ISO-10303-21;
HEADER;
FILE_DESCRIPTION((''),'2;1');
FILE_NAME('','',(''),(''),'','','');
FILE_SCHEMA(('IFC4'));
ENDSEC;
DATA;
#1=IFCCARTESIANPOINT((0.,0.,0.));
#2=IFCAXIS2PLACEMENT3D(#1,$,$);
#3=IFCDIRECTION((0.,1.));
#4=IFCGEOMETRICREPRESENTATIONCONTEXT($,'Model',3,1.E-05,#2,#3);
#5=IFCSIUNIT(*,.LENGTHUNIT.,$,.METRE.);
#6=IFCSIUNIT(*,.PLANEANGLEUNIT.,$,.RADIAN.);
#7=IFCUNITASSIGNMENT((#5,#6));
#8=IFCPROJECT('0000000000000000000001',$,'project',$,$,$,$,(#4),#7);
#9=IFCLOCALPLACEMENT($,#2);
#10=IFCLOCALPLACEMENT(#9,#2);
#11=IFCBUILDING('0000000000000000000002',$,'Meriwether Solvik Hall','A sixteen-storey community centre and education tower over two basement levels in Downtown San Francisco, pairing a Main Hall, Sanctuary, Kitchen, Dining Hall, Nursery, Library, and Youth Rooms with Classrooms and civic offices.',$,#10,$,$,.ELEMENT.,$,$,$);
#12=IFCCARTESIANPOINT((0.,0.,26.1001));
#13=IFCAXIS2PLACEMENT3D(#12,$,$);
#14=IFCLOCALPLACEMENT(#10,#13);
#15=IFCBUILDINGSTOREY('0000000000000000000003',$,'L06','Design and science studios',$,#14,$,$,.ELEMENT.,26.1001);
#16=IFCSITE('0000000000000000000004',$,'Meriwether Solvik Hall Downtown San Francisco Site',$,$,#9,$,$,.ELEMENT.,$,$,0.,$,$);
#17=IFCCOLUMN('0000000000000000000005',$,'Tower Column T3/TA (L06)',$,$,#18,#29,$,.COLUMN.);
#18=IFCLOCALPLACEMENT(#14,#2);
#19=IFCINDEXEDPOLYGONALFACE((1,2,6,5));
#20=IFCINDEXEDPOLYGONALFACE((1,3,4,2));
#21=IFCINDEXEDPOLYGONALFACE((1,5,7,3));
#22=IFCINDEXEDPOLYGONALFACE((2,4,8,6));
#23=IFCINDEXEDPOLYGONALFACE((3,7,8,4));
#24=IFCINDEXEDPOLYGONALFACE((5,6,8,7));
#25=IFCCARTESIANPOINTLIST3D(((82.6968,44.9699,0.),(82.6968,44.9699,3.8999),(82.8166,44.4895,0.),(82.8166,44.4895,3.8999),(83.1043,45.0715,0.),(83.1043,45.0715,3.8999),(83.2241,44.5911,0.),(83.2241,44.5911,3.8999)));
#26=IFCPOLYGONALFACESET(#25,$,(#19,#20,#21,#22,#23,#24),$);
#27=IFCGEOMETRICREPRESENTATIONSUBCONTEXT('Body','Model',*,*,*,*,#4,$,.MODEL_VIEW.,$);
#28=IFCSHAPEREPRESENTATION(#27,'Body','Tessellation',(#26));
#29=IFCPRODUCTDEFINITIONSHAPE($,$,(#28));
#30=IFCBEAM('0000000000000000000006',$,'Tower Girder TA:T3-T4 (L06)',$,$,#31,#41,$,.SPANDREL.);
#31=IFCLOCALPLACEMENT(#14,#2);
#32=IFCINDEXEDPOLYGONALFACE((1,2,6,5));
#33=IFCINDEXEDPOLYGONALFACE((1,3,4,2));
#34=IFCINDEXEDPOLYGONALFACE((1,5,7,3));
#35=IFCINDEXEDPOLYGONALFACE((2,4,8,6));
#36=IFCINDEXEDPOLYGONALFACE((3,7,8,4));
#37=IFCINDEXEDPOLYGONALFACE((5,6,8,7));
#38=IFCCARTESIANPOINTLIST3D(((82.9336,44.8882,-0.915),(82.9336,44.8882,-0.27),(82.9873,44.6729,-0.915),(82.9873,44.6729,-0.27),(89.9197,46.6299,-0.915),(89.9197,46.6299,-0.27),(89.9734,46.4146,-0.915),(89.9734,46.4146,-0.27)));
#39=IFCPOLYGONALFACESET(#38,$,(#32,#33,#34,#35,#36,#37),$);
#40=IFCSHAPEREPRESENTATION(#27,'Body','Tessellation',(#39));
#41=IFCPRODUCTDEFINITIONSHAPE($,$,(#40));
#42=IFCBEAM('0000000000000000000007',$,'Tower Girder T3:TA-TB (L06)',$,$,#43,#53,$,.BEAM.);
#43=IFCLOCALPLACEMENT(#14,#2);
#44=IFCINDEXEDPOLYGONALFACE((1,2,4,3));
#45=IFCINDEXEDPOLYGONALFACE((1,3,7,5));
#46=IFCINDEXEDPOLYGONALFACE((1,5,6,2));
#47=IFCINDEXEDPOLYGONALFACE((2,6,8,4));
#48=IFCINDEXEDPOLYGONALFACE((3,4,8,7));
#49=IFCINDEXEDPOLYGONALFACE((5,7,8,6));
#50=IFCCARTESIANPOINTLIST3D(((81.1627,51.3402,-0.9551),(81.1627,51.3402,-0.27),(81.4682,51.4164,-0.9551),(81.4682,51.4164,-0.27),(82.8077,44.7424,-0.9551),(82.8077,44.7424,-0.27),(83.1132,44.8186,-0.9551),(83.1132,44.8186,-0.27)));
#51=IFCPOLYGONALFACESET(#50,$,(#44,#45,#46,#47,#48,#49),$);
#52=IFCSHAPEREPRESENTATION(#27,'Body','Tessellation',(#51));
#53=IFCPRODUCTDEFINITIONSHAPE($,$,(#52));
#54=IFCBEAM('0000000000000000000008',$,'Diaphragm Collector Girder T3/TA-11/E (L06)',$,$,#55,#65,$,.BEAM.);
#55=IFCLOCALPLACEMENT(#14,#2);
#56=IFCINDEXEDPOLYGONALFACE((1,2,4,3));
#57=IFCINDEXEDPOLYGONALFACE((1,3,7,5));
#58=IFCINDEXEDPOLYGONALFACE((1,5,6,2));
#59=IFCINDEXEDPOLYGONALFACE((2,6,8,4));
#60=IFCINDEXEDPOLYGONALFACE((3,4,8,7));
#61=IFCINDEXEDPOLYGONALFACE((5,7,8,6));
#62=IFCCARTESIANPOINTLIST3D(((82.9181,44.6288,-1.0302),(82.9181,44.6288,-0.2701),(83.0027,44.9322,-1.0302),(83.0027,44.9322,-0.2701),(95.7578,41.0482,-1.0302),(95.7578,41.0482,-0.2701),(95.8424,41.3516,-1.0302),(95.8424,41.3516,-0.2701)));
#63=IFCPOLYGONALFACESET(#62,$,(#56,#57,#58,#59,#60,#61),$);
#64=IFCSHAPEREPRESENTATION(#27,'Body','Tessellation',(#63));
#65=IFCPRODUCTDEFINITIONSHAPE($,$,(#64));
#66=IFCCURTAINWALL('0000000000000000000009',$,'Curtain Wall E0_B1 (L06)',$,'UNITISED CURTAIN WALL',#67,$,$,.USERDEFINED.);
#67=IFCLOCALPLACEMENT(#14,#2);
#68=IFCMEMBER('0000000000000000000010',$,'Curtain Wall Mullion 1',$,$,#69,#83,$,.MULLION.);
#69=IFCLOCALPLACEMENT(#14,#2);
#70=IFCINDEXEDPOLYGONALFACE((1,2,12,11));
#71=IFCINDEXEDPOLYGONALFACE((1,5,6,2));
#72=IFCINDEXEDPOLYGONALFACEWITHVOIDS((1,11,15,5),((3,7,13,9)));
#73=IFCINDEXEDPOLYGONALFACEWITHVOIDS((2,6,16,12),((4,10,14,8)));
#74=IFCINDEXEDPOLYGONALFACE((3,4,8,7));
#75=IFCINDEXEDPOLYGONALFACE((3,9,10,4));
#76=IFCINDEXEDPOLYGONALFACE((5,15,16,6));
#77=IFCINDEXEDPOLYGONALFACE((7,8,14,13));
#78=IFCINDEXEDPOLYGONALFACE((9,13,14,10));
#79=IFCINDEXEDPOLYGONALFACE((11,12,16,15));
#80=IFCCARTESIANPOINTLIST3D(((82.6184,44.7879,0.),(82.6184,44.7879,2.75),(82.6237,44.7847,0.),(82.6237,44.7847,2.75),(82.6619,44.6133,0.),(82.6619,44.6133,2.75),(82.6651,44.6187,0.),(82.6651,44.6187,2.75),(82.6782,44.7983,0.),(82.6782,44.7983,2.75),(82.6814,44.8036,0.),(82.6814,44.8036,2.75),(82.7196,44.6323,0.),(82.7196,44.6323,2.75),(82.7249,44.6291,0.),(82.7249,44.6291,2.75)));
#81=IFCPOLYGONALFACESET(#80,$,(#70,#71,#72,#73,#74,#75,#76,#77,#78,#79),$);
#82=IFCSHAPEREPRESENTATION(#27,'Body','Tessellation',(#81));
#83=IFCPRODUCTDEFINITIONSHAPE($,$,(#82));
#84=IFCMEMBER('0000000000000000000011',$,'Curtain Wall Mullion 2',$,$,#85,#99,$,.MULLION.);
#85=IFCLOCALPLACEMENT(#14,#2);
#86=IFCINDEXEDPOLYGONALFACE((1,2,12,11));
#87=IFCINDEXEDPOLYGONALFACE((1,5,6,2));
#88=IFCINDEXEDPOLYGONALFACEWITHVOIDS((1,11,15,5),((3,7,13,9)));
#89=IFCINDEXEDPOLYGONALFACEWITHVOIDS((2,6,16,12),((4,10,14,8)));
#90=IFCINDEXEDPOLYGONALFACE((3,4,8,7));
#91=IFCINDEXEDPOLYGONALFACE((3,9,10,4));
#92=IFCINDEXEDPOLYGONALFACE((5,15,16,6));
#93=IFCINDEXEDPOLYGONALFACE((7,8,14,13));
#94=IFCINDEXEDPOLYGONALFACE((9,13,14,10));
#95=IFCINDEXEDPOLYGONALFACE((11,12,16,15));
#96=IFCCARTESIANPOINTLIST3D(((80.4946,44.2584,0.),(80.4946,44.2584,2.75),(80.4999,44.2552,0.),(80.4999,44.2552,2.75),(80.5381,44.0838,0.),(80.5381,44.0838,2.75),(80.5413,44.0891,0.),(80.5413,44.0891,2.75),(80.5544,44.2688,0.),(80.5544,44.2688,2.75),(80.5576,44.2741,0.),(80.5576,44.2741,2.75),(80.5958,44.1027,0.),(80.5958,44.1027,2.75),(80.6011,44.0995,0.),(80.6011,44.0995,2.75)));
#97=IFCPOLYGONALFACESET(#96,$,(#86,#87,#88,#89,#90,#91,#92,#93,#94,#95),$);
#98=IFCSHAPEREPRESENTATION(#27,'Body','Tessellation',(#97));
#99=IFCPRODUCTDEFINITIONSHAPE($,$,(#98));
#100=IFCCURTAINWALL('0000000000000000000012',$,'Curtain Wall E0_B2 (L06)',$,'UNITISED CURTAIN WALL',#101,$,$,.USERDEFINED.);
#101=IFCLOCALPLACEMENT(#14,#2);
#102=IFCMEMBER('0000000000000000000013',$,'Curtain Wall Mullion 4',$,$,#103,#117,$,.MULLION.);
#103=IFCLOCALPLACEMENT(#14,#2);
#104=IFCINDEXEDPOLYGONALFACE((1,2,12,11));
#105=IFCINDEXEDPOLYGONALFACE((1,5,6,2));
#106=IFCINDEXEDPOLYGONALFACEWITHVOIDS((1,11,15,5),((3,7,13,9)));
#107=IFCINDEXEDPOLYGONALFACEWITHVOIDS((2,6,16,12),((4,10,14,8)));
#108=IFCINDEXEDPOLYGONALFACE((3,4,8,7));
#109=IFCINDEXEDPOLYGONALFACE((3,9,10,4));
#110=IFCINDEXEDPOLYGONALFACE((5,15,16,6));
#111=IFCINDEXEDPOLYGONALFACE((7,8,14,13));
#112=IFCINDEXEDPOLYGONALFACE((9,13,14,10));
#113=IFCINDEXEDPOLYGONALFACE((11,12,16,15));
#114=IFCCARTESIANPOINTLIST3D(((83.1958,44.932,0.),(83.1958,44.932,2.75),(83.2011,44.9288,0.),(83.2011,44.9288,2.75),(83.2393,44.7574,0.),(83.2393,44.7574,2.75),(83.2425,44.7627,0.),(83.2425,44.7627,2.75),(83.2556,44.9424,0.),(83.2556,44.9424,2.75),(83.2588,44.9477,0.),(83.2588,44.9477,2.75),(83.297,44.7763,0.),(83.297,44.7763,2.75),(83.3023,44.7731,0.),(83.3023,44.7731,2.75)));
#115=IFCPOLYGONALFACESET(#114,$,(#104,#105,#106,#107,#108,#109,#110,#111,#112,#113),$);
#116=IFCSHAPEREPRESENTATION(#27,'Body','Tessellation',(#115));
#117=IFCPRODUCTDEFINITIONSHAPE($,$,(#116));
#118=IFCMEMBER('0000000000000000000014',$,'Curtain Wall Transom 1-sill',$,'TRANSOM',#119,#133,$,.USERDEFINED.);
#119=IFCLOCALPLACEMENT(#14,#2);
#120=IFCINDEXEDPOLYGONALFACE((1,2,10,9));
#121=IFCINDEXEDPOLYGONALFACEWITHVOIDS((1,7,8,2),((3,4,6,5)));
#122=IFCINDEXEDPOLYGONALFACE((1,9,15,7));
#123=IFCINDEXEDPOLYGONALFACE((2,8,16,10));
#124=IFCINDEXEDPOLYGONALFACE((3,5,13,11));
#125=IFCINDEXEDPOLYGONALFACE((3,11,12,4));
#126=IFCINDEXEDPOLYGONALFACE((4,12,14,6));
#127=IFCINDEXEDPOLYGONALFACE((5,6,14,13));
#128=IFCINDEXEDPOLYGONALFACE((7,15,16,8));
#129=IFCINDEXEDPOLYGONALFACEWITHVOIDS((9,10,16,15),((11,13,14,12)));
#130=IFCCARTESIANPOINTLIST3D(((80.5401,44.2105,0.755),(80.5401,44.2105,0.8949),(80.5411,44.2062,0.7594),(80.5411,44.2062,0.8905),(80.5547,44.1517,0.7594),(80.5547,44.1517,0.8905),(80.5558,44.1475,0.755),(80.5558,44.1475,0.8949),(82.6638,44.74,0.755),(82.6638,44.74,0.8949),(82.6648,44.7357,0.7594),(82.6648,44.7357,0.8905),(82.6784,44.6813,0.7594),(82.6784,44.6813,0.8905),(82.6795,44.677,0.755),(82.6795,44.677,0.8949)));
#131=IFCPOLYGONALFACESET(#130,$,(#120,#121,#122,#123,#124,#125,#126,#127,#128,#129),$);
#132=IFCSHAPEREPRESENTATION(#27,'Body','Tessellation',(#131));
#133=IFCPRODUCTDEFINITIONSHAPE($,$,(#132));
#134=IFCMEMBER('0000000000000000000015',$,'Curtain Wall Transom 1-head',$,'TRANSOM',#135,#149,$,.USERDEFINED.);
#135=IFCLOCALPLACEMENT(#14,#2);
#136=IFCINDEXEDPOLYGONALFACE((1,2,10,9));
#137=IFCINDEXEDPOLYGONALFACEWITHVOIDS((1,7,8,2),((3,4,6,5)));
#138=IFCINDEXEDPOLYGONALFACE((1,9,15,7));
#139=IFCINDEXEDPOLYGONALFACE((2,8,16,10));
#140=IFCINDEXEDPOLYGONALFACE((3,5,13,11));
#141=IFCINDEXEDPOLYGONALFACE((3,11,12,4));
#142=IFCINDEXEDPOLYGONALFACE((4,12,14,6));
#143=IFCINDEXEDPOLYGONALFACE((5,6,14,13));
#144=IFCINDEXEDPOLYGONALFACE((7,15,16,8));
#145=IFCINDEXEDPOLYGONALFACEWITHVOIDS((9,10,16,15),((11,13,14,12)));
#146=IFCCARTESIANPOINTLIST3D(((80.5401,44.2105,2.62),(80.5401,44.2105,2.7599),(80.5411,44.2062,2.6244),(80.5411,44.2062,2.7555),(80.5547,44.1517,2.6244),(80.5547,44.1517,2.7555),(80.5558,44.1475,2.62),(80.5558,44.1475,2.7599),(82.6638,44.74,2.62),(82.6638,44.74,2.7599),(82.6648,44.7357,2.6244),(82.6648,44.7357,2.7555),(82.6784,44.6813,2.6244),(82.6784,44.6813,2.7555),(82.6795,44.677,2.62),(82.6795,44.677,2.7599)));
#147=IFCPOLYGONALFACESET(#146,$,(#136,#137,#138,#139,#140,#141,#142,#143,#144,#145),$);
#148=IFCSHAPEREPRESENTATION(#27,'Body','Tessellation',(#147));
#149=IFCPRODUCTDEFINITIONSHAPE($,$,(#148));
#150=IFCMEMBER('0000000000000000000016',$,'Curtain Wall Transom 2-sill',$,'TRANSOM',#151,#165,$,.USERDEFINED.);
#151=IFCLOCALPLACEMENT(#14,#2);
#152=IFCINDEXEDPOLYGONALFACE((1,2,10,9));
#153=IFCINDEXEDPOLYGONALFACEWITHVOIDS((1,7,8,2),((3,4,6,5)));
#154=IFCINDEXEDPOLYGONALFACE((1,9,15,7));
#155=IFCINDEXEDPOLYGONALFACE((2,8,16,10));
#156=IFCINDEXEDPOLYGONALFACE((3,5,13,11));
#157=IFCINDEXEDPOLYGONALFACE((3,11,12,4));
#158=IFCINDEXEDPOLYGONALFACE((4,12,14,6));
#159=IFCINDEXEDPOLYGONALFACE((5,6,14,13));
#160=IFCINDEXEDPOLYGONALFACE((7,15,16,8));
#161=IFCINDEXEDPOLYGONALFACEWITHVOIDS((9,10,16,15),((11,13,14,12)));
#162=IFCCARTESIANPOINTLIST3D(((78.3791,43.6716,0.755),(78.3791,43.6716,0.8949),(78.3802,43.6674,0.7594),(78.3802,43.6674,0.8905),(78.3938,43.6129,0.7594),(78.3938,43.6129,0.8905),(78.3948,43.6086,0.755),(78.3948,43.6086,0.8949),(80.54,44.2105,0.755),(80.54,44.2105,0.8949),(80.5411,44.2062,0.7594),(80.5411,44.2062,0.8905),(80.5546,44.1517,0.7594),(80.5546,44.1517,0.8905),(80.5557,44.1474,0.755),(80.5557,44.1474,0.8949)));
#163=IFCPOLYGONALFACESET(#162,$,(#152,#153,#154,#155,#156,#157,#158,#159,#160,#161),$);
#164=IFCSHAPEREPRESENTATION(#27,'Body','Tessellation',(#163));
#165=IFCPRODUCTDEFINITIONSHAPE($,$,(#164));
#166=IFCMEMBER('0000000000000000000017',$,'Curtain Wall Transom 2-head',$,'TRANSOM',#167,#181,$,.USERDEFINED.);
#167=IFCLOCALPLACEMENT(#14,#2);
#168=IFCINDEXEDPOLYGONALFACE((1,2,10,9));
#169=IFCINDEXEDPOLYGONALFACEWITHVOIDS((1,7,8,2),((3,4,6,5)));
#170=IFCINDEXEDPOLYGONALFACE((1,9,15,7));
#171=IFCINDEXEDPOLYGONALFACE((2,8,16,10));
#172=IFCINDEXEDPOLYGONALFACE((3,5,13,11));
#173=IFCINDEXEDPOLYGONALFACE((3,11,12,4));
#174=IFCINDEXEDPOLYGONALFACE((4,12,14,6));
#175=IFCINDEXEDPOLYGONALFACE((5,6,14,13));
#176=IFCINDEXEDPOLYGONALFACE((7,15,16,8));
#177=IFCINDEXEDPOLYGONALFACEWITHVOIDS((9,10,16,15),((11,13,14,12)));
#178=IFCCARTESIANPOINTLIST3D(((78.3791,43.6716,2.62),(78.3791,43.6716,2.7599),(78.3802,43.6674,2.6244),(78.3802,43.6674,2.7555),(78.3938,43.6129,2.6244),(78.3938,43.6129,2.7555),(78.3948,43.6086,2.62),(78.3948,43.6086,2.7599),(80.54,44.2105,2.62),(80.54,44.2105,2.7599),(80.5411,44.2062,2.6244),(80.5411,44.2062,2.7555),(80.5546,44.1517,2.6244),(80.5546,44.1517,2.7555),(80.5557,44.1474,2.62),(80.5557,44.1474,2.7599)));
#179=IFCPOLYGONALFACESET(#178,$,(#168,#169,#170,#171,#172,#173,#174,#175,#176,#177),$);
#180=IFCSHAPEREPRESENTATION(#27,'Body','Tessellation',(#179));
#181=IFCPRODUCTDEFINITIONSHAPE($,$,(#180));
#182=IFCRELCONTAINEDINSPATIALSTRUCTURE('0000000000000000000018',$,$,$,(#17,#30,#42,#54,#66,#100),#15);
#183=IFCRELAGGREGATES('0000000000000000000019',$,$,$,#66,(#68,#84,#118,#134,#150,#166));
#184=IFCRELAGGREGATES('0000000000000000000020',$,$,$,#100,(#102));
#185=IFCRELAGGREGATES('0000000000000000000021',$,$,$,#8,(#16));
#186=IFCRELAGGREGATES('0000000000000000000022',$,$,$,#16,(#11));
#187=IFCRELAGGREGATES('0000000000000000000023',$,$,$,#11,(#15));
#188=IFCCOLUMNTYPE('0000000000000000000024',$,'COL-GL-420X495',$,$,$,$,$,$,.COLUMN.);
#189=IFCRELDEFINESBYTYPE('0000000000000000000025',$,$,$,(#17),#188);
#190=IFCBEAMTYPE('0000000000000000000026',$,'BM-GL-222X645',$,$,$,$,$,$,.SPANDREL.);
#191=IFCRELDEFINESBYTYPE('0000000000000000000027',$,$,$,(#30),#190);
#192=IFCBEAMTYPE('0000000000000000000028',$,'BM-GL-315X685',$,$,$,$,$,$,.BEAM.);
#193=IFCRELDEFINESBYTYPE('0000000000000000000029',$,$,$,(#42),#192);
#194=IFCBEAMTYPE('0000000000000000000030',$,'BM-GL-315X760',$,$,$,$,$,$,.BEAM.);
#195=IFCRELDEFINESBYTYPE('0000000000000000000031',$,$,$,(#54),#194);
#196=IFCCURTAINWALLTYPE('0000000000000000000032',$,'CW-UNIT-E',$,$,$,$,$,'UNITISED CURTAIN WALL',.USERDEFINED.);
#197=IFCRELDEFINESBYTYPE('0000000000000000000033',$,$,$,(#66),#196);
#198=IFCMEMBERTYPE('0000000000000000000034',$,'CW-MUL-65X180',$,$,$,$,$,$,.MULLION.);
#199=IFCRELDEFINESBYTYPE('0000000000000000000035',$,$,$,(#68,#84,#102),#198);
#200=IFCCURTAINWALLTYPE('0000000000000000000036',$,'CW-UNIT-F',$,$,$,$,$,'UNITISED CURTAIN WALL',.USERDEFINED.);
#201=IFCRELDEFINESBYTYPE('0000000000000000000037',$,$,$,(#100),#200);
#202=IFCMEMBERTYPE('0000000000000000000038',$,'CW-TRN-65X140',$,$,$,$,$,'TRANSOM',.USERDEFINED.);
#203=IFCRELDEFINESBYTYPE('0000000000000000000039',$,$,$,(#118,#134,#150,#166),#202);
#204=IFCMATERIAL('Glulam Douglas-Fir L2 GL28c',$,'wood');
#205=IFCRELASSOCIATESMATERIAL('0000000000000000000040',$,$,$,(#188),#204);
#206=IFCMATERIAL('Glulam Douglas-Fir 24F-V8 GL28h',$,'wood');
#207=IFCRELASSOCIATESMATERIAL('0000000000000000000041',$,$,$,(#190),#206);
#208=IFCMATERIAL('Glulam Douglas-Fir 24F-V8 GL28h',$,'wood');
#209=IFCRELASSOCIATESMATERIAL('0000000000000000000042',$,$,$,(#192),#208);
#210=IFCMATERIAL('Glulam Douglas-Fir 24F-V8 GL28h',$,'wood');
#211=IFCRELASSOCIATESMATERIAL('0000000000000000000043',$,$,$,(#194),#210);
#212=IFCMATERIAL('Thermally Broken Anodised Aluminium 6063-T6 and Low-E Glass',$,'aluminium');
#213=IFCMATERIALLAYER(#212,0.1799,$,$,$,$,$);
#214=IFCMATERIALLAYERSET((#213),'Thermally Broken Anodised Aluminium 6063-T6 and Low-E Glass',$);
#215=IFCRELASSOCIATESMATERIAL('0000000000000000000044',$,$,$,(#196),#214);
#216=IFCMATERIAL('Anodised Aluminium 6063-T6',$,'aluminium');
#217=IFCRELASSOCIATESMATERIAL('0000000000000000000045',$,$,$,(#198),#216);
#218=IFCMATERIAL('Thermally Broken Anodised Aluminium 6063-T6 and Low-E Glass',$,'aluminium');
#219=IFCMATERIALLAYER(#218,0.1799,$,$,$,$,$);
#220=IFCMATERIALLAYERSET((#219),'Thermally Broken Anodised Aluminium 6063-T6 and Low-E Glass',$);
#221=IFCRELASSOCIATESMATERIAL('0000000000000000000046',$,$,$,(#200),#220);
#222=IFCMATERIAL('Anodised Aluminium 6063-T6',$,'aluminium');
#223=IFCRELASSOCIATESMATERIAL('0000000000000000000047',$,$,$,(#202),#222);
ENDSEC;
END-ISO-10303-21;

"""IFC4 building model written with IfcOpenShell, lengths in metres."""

from ifc_helpers import new_model, si_unit, direction, frame, origin, origin_2d, place, context, subcontext, project, spatial, rectangle, hollow_rectangle, extrude, material, layer, layer_set, material_profile, profile_set, type_object, element, aggregate, save


model = new_model("IFC4")

# Units and contexts
model_context = context("Model", 3, precision=1e-05, world=origin(), true_north=direction((0.0, 1.0)))
body_context = subcontext(model_context, "Body", "Model", "MODEL_VIEW")
ifc_project = project(units=[si_unit("LENGTHUNIT", "METRE"), si_unit("PLANEANGLEUNIT", "RADIAN")], contexts=[model_context])

# Site, building, storey
site_placement = place(None, origin())
site = spatial("IfcSite", under=ifc_project, at=site_placement, Name="Meriwether Solvik Hall Downtown San Francisco Site", CompositionType="ELEMENT", RefElevation=0.0)
building_placement = place(site_placement, origin())
building = spatial("IfcBuilding", under=site, at=building_placement, Name="Meriwether Solvik Hall", Description="A sixteen-storey community centre and education tower over two basement levels in Downtown San Francisco, pairing a Main Hall, Sanctuary, Kitchen, Dining Hall, Nursery, Library, and Youth Rooms with Classrooms and civic offices.", CompositionType="ELEMENT")
storey_placement = place(building_placement, frame((0.0, 0.0, 26.1001)))
storey = spatial("IfcBuildingStorey", under=building, at=storey_placement, Name="L06", Description="Design and science studios", CompositionType="ELEMENT", Elevation=26.1001)

# Column
ifc_material_1 = material(Name="Glulam Douglas-Fir L2 GL28c", Category="wood")
ifc_material_profile_1 = material_profile(ifc_material_1, rectangle(XDim=0.4199, YDim=0.4951, at=origin_2d()), Name="GLC-420X495")
ifc_profile_set_1 = profile_set([ifc_material_profile_1], Name="Glulam Douglas-Fir L2 GL28c")
column_type = type_object("IfcColumnType", Name="COL-GL-420X495", PredefinedType="COLUMN", material=ifc_profile_set_1)
column_placement = place(storey_placement, frame((82.9604, 44.7805, 0.0), z_axis=(0.0, 0.0, 1.0), x_axis=(0.970296, 0.241922, 0.0)))
element("IfcColumn", 1, at=column_placement, inside=storey, type_object=column_type, Name="Tower Column T3/TA (L06)", PredefinedType="COLUMN", context=body_context, shape_type="SweptSolid", body=[
    extrude(rectangle(XDim=0.4199, YDim=0.4951, at=origin_2d()), origin(), (0.0, 0.0, 1.0), 3.8999),
])

# Beams
ifc_material_2 = material(Name="Glulam Douglas-Fir 24F-V8 GL28h", Category="wood")
ifc_material_profile_2 = material_profile(ifc_material_2, rectangle(XDim=0.2219, YDim=0.645, at=origin_2d()), Name="GLB-222X645")
ifc_profile_set_2 = profile_set([ifc_material_profile_2], Name="Glulam Douglas-Fir 24F-V8 GL28h")
beam_type_1 = type_object("IfcBeamType", Name="BM-GL-222X645", PredefinedType="SPANDREL", material=ifc_profile_set_2)
beam_1_placement = place(storey_placement, frame((82.9604, 44.7805, -0.5925), z_axis=(0.9703, 0.241905, 0.0), x_axis=(-0.241905, 0.9703, 0.0)))
element("IfcBeam", 2, at=beam_1_placement, inside=storey, type_object=beam_type_1, Name="Tower Girder TA:T3-T4 (L06)", PredefinedType="SPANDREL", context=body_context, shape_type="SweptSolid", body=[
    extrude(rectangle(XDim=0.2219, YDim=0.645, at=origin_2d()), origin(), (0.0, 0.0, 1.0), 7.2),
])
ifc_material_3 = material(Name="Glulam Douglas-Fir 24F-V8 GL28h", Category="wood")
ifc_material_profile_3 = material_profile(ifc_material_3, rectangle(XDim=0.3149, YDim=0.6851, at=origin_2d()), Name="GLB-315X685")
ifc_profile_set_3 = profile_set([ifc_material_profile_3], Name="Glulam Douglas-Fir 24F-V8 GL28h")
beam_type_2 = type_object("IfcBeamType", Name="BM-GL-315X685", PredefinedType="BEAM", material=ifc_profile_set_3)
beam_2_placement = place(storey_placement, frame((82.9604, 44.7805, -0.6125), z_axis=(-0.241919, 0.970296, 0.0), x_axis=(-0.970296, -0.241919, 0.0)))
element("IfcBeam", 3, at=beam_2_placement, inside=storey, type_object=beam_type_2, Name="Tower Girder T3:TA-TB (L06)", PredefinedType="BEAM", context=body_context, shape_type="SweptSolid", body=[
    extrude(rectangle(XDim=0.3149, YDim=0.6851, at=origin_2d()), origin(), (0.0, 0.0, 1.0), 6.7998),
])
ifc_material_4 = material(Name="Glulam Douglas-Fir 24F-V8 GL28h", Category="wood")
ifc_material_profile_4 = material_profile(ifc_material_4, rectangle(XDim=0.3149, YDim=0.76, at=origin_2d()), Name="GLB-315X760")
ifc_profile_set_4 = profile_set([ifc_material_profile_4], Name="Glulam Douglas-Fir 24F-V8 GL28h")
beam_type_3 = type_object("IfcBeamType", Name="BM-GL-315X760", PredefinedType="BEAM", material=ifc_profile_set_4)
beam_3_placement = place(storey_placement, frame((82.9604, 44.7805, -0.6501), z_axis=(0.963246, -0.26862, 0.0), x_axis=(0.26862, 0.963246, 0.0)))
element("IfcBeam", 4, at=beam_3_placement, inside=storey, type_object=beam_type_3, Name="Diaphragm Collector Girder T3/TA-11/E (L06)", PredefinedType="BEAM", context=body_context, shape_type="SweptSolid", body=[
    extrude(rectangle(XDim=0.3149, YDim=0.76, at=origin_2d()), origin(), (0.0, 0.0, 1.0), 13.3296),
])

# Curtain wall, members
ifc_material_5 = material(Name="Thermally Broken Anodised Aluminium 6063-T6 and Low-E Glass", Category="aluminium")
ifc_layer_1 = layer(ifc_material_5, 0.1799)
ifc_layer_set_1 = layer_set([ifc_layer_1], Name="Thermally Broken Anodised Aluminium 6063-T6 and Low-E Glass")
curtain_wall_type_1 = type_object("IfcCurtainWallType", Name="CW-UNIT-E", ElementType="UNITISED CURTAIN WALL", PredefinedType="USERDEFINED", material=ifc_layer_set_1)
curtain_wall_1_placement = place(storey_placement, origin())
curtain_wall_1 = element("IfcCurtainWall", 5, at=curtain_wall_1_placement, inside=storey, type_object=curtain_wall_type_1, Name="Curtain Wall E0_B1 (L06)", ObjectType="UNITISED CURTAIN WALL", PredefinedType="USERDEFINED")
ifc_material_6 = material(Name="Anodised Aluminium 6063-T6", Category="aluminium")
ifc_material_profile_5 = material_profile(ifc_material_6, hollow_rectangle(XDim=0.0649, YDim=0.1799, WallThickness=0.0044, at=origin_2d()), Name="CWM-65X180")
ifc_profile_set_5 = profile_set([ifc_material_profile_5], Name="Anodised Aluminium 6063-T6")
member_type_1 = type_object("IfcMemberType", Name="CW-MUL-65X180", PredefinedType="MULLION", material=ifc_profile_set_5)
member_1_placement = place(storey_placement, frame((82.6716, 44.7085, 0.0), z_axis=(0.0, 0.0, 1.0), x_axis=(-0.970296, -0.241922, 0.0)))
member_1 = element("IfcMember", 6, at=member_1_placement, type_object=member_type_1, Name="Curtain Wall Mullion 1", PredefinedType="MULLION", context=body_context, shape_type="SweptSolid", body=[
    extrude(hollow_rectangle(XDim=0.0649, YDim=0.1799, WallThickness=0.0044, at=origin_2d()), origin(), (0.0, 0.0, 1.0), 2.75),
])
member_2_placement = place(storey_placement, frame((80.5479, 44.179, 0.0), z_axis=(0.0, 0.0, 1.0), x_axis=(-0.970296, -0.241922, 0.0)))
member_2 = element("IfcMember", 7, at=member_2_placement, type_object=member_type_1, Name="Curtain Wall Mullion 2", PredefinedType="MULLION", context=body_context, shape_type="SweptSolid", body=[
    extrude(hollow_rectangle(XDim=0.0649, YDim=0.1799, WallThickness=0.0044, at=origin_2d()), origin(), (0.0, 0.0, 1.0), 2.75),
])

# Curtain wall, member
ifc_material_7 = material(Name="Thermally Broken Anodised Aluminium 6063-T6 and Low-E Glass", Category="aluminium")
ifc_layer_2 = layer(ifc_material_7, 0.1799)
ifc_layer_set_2 = layer_set([ifc_layer_2], Name="Thermally Broken Anodised Aluminium 6063-T6 and Low-E Glass")
curtain_wall_type_2 = type_object("IfcCurtainWallType", Name="CW-UNIT-F", ElementType="UNITISED CURTAIN WALL", PredefinedType="USERDEFINED", material=ifc_layer_set_2)
curtain_wall_2_placement = place(storey_placement, origin())
curtain_wall_2 = element("IfcCurtainWall", 8, at=curtain_wall_2_placement, inside=storey, type_object=curtain_wall_type_2, Name="Curtain Wall E0_B2 (L06)", ObjectType="UNITISED CURTAIN WALL", PredefinedType="USERDEFINED")
member_3_placement = place(storey_placement, frame((83.249, 44.8525, 0.0), z_axis=(0.0, 0.0, 1.0), x_axis=(-0.970296, -0.241922, 0.0)))
member_3 = element("IfcMember", 9, at=member_3_placement, type_object=member_type_1, Name="Curtain Wall Mullion 4", PredefinedType="MULLION", context=body_context, shape_type="SweptSolid", body=[
    extrude(hollow_rectangle(XDim=0.0649, YDim=0.1799, WallThickness=0.0044, at=origin_2d()), origin(), (0.0, 0.0, 1.0), 2.75),
])

# Members
ifc_material_8 = material(Name="Anodised Aluminium 6063-T6", Category="aluminium")
ifc_material_profile_6 = material_profile(ifc_material_8, hollow_rectangle(XDim=0.0649, YDim=0.1399, WallThickness=0.0044, at=origin_2d()), Name="CWT-65X140")
ifc_profile_set_6 = profile_set([ifc_material_profile_6], Name="Anodised Aluminium 6063-T6")
member_type_2 = type_object("IfcMemberType", Name="CW-TRN-65X140", ElementType="TRANSOM", PredefinedType="USERDEFINED", material=ifc_profile_set_6)
member_4_placement = place(storey_placement, frame((82.6716, 44.7085, 0.825), z_axis=(-0.970293, -0.241932, 0.0), x_axis=(0.241932, -0.970293, 0.0)))
member_4 = element("IfcMember", 10, at=member_4_placement, type_object=member_type_2, Name="Curtain Wall Transom 1-sill", ObjectType="TRANSOM", PredefinedType="USERDEFINED", context=body_context, shape_type="SweptSolid", body=[
    extrude(hollow_rectangle(XDim=0.0649, YDim=0.1399, WallThickness=0.0044, at=origin_2d()), origin(), (0.0, 0.0, 1.0), 2.1887),
])
member_5_placement = place(storey_placement, frame((82.6716, 44.7085, 2.6899), z_axis=(-0.970293, -0.241932, 0.0), x_axis=(0.241932, -0.970293, 0.0)))
member_5 = element("IfcMember", 11, at=member_5_placement, type_object=member_type_2, Name="Curtain Wall Transom 1-head", ObjectType="TRANSOM", PredefinedType="USERDEFINED", context=body_context, shape_type="SweptSolid", body=[
    extrude(hollow_rectangle(XDim=0.0649, YDim=0.1399, WallThickness=0.0044, at=origin_2d()), origin(), (0.0, 0.0, 1.0), 2.1887),
])
member_6_placement = place(storey_placement, frame((80.5479, 44.179, 0.825), z_axis=(-0.970291, -0.241942, 0.0), x_axis=(0.241942, -0.970291, 0.0)))
member_6 = element("IfcMember", 12, at=member_6_placement, type_object=member_type_2, Name="Curtain Wall Transom 2-sill", ObjectType="TRANSOM", PredefinedType="USERDEFINED", context=body_context, shape_type="SweptSolid", body=[
    extrude(hollow_rectangle(XDim=0.0649, YDim=0.1399, WallThickness=0.0044, at=origin_2d()), origin(), (0.0, 0.0, 1.0), 2.2271),
])
member_7_placement = place(storey_placement, frame((80.5479, 44.179, 2.6899), z_axis=(-0.970291, -0.241942, 0.0), x_axis=(0.241942, -0.970291, 0.0)))
member_7 = element("IfcMember", 13, at=member_7_placement, type_object=member_type_2, Name="Curtain Wall Transom 2-head", ObjectType="TRANSOM", PredefinedType="USERDEFINED", context=body_context, shape_type="SweptSolid", body=[
    extrude(hollow_rectangle(XDim=0.0649, YDim=0.1399, WallThickness=0.0044, at=origin_2d()), origin(), (0.0, 0.0, 1.0), 2.2271),
])

aggregate(curtain_wall_1, [member_1, member_2, member_4, member_5, member_6, member_7])
aggregate(curtain_wall_2, [member_3])

save(model, "model.ifc")
